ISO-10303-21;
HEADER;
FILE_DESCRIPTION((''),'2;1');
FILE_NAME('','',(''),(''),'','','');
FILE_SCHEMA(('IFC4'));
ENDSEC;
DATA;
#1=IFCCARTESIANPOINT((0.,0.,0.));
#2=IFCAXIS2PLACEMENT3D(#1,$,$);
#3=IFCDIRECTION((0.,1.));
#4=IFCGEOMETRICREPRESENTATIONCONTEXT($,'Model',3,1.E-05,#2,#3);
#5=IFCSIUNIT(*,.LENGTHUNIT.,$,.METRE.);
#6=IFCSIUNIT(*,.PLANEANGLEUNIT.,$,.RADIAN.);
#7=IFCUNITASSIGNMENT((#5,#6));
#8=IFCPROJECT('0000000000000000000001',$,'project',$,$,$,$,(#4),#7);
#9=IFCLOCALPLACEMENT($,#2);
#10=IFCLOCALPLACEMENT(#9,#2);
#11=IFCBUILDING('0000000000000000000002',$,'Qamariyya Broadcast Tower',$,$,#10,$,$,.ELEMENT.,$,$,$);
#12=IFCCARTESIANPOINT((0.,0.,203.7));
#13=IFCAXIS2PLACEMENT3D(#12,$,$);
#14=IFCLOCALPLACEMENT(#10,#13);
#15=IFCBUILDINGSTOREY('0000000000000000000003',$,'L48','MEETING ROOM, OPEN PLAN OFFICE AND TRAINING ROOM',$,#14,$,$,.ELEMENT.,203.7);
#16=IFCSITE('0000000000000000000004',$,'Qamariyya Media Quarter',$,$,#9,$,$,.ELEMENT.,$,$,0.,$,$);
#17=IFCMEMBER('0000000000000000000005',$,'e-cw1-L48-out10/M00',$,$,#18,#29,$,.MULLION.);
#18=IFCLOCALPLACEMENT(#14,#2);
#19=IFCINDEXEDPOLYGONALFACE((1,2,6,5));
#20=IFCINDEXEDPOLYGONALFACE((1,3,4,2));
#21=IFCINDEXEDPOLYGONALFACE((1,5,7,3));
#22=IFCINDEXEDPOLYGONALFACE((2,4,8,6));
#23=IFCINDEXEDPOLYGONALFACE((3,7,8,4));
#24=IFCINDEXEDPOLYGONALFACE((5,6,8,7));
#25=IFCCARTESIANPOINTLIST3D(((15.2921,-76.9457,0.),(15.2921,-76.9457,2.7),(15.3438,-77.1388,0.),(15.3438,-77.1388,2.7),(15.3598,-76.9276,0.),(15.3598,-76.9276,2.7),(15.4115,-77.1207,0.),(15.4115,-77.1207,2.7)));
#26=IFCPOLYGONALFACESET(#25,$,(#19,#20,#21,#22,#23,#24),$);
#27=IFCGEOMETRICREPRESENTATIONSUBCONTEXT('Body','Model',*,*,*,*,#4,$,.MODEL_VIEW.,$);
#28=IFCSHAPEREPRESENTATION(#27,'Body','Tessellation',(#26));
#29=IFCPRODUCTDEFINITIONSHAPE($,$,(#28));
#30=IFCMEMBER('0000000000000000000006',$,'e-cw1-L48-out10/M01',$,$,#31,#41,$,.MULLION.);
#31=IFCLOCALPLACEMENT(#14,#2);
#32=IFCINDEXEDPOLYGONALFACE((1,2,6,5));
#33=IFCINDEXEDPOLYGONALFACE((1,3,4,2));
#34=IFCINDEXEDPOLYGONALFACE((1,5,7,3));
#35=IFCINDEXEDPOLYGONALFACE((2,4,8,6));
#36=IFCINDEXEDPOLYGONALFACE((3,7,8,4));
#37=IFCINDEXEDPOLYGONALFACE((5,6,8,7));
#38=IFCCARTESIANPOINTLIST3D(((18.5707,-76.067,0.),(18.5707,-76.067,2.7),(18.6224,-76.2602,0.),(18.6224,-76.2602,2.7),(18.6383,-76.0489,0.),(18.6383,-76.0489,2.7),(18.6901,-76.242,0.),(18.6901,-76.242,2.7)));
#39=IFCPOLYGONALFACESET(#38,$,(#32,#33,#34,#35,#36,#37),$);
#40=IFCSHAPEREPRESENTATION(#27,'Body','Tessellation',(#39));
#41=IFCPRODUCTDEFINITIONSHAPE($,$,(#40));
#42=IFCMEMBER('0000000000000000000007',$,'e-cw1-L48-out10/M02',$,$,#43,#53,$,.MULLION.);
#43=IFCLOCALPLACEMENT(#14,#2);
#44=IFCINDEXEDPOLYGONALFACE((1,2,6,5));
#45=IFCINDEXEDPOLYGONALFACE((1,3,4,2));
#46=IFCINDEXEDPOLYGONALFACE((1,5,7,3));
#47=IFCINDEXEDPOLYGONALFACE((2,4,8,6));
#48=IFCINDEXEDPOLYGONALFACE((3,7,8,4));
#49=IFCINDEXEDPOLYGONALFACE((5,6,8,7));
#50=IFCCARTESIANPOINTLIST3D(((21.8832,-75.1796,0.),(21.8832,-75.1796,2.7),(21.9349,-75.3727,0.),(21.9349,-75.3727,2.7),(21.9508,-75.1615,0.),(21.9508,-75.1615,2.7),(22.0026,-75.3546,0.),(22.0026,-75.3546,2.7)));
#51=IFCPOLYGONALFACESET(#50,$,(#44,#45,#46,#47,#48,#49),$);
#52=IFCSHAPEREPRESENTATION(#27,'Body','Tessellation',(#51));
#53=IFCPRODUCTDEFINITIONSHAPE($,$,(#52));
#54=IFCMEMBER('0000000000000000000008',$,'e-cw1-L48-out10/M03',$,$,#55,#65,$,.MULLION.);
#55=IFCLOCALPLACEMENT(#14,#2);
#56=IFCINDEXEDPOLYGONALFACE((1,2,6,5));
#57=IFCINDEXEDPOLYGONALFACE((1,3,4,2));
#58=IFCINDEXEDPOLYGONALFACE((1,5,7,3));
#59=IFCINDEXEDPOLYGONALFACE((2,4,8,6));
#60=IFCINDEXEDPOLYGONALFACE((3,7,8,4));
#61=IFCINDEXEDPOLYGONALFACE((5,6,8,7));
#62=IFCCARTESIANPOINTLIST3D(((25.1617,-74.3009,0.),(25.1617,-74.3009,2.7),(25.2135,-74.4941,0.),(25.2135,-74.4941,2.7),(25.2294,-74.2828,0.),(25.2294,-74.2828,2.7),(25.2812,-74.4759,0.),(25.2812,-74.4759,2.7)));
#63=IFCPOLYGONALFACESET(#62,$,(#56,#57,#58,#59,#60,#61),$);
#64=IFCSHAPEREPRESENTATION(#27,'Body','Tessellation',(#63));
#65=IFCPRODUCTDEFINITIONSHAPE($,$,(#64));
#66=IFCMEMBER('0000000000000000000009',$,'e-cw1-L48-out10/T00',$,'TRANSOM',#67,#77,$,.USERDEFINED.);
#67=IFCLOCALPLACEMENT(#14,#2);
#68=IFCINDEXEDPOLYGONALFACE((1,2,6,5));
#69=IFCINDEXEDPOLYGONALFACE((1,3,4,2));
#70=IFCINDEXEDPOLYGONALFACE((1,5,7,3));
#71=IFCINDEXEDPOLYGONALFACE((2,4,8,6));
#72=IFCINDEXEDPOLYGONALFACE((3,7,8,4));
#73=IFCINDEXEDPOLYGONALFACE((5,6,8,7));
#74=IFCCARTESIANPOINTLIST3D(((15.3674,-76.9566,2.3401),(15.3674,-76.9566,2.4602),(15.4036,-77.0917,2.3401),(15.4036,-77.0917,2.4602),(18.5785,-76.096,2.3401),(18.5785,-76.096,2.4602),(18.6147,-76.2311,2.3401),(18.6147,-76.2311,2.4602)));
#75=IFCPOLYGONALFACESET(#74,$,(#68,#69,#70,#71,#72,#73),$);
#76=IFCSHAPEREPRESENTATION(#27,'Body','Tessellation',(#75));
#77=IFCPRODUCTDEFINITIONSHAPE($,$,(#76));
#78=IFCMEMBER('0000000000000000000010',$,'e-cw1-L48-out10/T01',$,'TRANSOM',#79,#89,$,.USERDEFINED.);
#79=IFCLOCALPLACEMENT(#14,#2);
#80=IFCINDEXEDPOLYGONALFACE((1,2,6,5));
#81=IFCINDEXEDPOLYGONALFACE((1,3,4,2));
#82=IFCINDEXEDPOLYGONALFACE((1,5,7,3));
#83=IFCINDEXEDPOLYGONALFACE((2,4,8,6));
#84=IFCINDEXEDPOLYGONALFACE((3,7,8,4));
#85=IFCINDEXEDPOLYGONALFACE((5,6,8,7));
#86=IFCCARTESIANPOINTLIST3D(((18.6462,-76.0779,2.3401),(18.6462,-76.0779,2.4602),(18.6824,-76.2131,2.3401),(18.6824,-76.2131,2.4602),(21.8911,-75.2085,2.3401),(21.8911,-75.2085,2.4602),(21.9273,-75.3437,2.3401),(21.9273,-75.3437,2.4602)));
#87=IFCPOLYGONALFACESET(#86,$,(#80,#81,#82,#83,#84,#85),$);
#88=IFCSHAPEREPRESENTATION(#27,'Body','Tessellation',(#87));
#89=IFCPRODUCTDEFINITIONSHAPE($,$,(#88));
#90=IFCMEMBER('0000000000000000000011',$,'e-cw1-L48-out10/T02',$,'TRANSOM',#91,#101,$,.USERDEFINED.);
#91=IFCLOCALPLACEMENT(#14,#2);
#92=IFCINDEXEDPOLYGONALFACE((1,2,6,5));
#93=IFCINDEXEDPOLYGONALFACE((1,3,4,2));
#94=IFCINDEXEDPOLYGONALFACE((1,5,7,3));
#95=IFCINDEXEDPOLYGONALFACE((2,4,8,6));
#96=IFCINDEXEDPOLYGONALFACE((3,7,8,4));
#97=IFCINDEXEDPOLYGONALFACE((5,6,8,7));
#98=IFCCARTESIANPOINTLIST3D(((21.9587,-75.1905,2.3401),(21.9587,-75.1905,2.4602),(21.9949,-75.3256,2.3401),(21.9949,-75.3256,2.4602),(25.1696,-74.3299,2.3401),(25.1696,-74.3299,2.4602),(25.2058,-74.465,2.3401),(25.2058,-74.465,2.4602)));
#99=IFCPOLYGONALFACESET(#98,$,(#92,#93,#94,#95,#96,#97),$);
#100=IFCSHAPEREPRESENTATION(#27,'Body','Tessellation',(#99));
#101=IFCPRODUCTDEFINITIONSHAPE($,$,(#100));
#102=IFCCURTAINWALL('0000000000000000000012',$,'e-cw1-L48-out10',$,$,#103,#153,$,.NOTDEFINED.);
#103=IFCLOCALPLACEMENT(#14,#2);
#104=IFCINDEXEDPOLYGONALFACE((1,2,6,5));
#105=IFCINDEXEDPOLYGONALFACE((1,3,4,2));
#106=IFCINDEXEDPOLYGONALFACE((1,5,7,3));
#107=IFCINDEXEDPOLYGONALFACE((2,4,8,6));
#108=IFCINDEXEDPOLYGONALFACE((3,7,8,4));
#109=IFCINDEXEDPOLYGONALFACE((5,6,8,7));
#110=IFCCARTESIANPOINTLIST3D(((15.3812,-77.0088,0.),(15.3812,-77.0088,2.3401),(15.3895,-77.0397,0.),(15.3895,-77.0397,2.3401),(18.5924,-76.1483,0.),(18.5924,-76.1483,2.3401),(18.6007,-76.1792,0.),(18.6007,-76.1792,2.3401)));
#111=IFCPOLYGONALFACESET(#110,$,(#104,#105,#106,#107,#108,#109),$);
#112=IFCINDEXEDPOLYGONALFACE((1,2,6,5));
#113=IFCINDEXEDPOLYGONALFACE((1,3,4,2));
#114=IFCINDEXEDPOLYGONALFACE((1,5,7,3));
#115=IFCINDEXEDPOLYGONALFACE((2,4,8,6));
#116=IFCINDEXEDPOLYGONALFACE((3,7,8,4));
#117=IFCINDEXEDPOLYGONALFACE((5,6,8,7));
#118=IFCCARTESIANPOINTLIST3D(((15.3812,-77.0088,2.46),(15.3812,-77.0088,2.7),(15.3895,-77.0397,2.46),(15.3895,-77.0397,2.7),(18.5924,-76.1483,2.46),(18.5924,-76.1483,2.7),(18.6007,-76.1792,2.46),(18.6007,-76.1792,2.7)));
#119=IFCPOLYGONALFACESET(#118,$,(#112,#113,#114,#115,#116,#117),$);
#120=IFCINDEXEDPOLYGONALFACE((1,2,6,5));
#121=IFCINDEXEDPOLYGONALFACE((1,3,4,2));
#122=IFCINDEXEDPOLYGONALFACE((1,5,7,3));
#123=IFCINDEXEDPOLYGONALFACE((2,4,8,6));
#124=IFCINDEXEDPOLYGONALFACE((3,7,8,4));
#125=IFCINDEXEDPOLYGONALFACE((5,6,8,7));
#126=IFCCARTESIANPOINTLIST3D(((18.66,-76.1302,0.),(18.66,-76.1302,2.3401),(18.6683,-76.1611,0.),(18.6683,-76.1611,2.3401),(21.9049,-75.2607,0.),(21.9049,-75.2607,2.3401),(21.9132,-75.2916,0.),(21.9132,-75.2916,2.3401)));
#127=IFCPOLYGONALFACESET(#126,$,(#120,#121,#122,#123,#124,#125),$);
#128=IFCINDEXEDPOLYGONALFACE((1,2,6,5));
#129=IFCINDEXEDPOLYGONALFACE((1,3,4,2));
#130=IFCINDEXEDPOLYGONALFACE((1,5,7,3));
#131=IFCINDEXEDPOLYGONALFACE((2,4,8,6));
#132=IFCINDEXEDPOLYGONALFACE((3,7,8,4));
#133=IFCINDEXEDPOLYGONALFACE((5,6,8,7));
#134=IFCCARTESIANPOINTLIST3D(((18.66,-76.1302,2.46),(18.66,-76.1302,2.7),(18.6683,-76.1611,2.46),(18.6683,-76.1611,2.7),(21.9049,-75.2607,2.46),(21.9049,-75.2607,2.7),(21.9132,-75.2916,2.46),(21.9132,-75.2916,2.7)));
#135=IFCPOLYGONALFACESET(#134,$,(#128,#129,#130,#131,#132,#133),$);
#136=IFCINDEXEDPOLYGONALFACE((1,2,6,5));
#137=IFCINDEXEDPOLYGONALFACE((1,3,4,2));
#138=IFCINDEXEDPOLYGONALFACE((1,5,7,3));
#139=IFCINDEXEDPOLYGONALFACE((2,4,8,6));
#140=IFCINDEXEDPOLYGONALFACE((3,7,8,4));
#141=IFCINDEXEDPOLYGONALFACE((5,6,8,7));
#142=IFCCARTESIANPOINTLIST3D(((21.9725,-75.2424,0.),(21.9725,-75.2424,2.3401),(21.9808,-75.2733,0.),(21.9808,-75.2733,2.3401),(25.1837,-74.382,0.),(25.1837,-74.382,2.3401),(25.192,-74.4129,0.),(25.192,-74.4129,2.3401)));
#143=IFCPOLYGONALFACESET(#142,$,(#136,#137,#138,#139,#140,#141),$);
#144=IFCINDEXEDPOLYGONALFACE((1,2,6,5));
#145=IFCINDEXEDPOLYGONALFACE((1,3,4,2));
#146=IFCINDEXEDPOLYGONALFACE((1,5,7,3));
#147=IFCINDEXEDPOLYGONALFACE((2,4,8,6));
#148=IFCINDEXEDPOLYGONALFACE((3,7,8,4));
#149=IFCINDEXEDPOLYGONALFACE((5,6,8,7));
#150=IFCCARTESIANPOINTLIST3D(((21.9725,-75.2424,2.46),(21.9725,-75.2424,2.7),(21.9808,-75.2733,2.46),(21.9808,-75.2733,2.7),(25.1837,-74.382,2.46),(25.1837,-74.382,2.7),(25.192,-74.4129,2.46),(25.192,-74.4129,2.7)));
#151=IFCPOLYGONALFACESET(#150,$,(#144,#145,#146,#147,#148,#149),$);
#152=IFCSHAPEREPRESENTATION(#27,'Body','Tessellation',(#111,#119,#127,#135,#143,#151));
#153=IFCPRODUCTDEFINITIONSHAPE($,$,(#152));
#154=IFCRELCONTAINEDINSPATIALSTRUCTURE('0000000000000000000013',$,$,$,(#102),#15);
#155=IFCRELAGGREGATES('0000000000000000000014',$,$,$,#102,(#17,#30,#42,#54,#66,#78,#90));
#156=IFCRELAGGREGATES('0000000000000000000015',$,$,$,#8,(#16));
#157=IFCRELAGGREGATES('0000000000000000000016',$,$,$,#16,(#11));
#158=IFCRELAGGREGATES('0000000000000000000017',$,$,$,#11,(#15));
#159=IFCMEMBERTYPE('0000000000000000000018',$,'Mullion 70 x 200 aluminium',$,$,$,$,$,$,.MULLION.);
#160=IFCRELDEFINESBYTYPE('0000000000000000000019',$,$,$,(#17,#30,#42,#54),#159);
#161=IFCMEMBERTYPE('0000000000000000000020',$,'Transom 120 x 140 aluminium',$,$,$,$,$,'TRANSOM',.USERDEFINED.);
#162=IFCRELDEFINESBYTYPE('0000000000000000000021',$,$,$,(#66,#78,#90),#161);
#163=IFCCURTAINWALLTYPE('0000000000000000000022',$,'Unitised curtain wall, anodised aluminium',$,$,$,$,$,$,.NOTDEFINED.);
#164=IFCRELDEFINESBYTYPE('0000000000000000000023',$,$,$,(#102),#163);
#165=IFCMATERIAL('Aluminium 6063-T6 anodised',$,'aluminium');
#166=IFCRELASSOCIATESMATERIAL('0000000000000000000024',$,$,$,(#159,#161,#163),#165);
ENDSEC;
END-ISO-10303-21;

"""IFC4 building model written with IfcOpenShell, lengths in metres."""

from ifc_helpers import new_model, si_unit, direction, frame, origin, origin_2d, place, context, subcontext, project, spatial, rectangle, extrude, material, material_profile, profile_set, type_object, element, aggregate, save


model = new_model("IFC4")

# Units and contexts
model_context = context("Model", 3, precision=1e-05, world=origin(), true_north=direction((0.0, 1.0)))
body_context = subcontext(model_context, "Body", "Model", "MODEL_VIEW")
ifc_project = project(units=[si_unit("LENGTHUNIT", "METRE"), si_unit("PLANEANGLEUNIT", "RADIAN")], contexts=[model_context])

# Members
ifc_material = material(Name="Aluminium 6063-T6 anodised", Category="aluminium")
ifc_material_profile_1 = material_profile(ifc_material, rectangle(XDim=0.2, YDim=0.0701, at=origin_2d()))
ifc_profile_set_1 = profile_set([ifc_material_profile_1], Name="Aluminium 6063-T6 anodised")
member_type_1 = type_object("IfcMemberType", Name="Mullion 70 x 200 aluminium", PredefinedType="MULLION", material=ifc_profile_set_1)
site_placement = place(None, origin())
building_placement = place(site_placement, origin())
storey_placement = place(building_placement, frame((0.0, 0.0, 203.7)))
member_1_placement = place(storey_placement, frame((15.3518, -77.0332, 0.0), z_axis=(0.0, 0.0, 1.0), x_axis=(-0.258819, 0.965926, 0.0)))
member_1 = element("IfcMember", 1, at=member_1_placement, type_object=member_type_1, Name="e-cw1-L48-out10/M00", PredefinedType="MULLION", context=body_context, shape_type="SweptSolid", body=[
    extrude(rectangle(XDim=0.2, YDim=0.0701, at=origin_2d()), origin(), (0.0, 0.0, 1.0), 2.7),
])
member_2_placement = place(storey_placement, frame((18.6304, -76.1545, 0.0), z_axis=(0.0, 0.0, 1.0), x_axis=(-0.258819, 0.965926, 0.0)))
member_2 = element("IfcMember", 2, at=member_2_placement, type_object=member_type_1, Name="e-cw1-L48-out10/M01", PredefinedType="MULLION", context=body_context, shape_type="SweptSolid", body=[
    extrude(rectangle(XDim=0.2, YDim=0.0701, at=origin_2d()), origin(), (0.0, 0.0, 1.0), 2.7),
])
member_3_placement = place(storey_placement, frame((21.9429, -75.2671, 0.0), z_axis=(0.0, 0.0, 1.0), x_axis=(-0.258819, 0.965926, 0.0)))
member_3 = element("IfcMember", 3, at=member_3_placement, type_object=member_type_1, Name="e-cw1-L48-out10/M02", PredefinedType="MULLION", context=body_context, shape_type="SweptSolid", body=[
    extrude(rectangle(XDim=0.2, YDim=0.0701, at=origin_2d()), origin(), (0.0, 0.0, 1.0), 2.7),
])
member_4_placement = place(storey_placement, frame((25.2214, -74.3884, 0.0), z_axis=(0.0, 0.0, 1.0), x_axis=(-0.258819, 0.965926, 0.0)))
member_4 = element("IfcMember", 4, at=member_4_placement, type_object=member_type_1, Name="e-cw1-L48-out10/M03", PredefinedType="MULLION", context=body_context, shape_type="SweptSolid", body=[
    extrude(rectangle(XDim=0.2, YDim=0.0701, at=origin_2d()), origin(), (0.0, 0.0, 1.0), 2.7),
])
ifc_material_profile_2 = material_profile(ifc_material, rectangle(XDim=0.1399, YDim=0.1201, at=origin_2d()))
ifc_profile_set_2 = profile_set([ifc_material_profile_2], Name="Aluminium 6063-T6 anodised")
member_type_2 = type_object("IfcMemberType", Name="Transom 120 x 140 aluminium", ElementType="TRANSOM", PredefinedType="USERDEFINED", material=ifc_profile_set_2)
member_5_placement = place(storey_placement, frame((15.3855, -77.0242, 2.4001), z_axis=(0.965914, 0.258865, 0.0), x_axis=(-0.258865, 0.965914, 0.0)))
member_5 = element("IfcMember", 5, at=member_5_placement, type_object=member_type_2, Name="e-cw1-L48-out10/T00", ObjectType="TRANSOM", PredefinedType="USERDEFINED", context=body_context, shape_type="SweptSolid", body=[
    extrude(rectangle(XDim=0.1399, YDim=0.1201, at=origin_2d()), origin(), (0.0, 0.0, 1.0), 3.3245),
])
member_6_placement = place(storey_placement, frame((18.6643, -76.1455, 2.4001), z_axis=(0.965932, 0.258798, 0.0), x_axis=(-0.258798, 0.965932, 0.0)))
member_6 = element("IfcMember", 6, at=member_6_placement, type_object=member_type_2, Name="e-cw1-L48-out10/T01", ObjectType="TRANSOM", PredefinedType="USERDEFINED", context=body_context, shape_type="SweptSolid", body=[
    extrude(rectangle(XDim=0.1399, YDim=0.1201, at=origin_2d()), origin(), (0.0, 0.0, 1.0), 3.3594),
])
member_7_placement = place(storey_placement, frame((21.9768, -75.2581, 2.4001), z_axis=(0.965909, 0.258883, 0.0), x_axis=(-0.258883, 0.965909, 0.0)))
member_7 = element("IfcMember", 7, at=member_7_placement, type_object=member_type_2, Name="e-cw1-L48-out10/T02", ObjectType="TRANSOM", PredefinedType="USERDEFINED", context=body_context, shape_type="SweptSolid", body=[
    extrude(rectangle(XDim=0.1399, YDim=0.1201, at=origin_2d()), origin(), (0.0, 0.0, 1.0), 3.3242),
])

# Site, building, storey
site = spatial("IfcSite", under=ifc_project, at=site_placement, Name="Qamariyya Media Quarter", CompositionType="ELEMENT", RefElevation=0.0)
building = spatial("IfcBuilding", under=site, at=building_placement, Name="Qamariyya Broadcast Tower", CompositionType="ELEMENT")
storey = spatial("IfcBuildingStorey", under=building, at=storey_placement, Name="L48", Description="MEETING ROOM, OPEN PLAN OFFICE AND TRAINING ROOM", CompositionType="ELEMENT", Elevation=203.7)

# Curtain wall
curtain_wall_type = type_object("IfcCurtainWallType", Name="Unitised curtain wall, anodised aluminium", PredefinedType="NOTDEFINED", material=ifc_material)
curtain_wall_1_placement = place(storey_placement, origin())
curtain_wall_1 = element("IfcCurtainWall", 8, at=curtain_wall_1_placement, inside=storey, type_object=curtain_wall_type, Name="e-cw1-L48-out10", PredefinedType="NOTDEFINED", context=body_context, shape_type="SweptSolid", body=[
    extrude(rectangle(XDim=3.3245, YDim=0.032, at=origin_2d()), frame((16.991, -76.594, 0.0), x_axis=(0.965923, 0.258828, 0.0)), (0.0, 0.0, 1.0), 2.3401),
    extrude(rectangle(XDim=3.3245, YDim=0.032, at=origin_2d()), frame((16.991, -76.594, 2.46), x_axis=(0.965923, 0.258828, 0.0)), (0.0, 0.0, 1.0), 0.24),
    extrude(rectangle(XDim=3.3594, YDim=0.032, at=origin_2d()), frame((20.2866, -75.7109, 0.0), x_axis=(0.965923, 0.258828, 0.0)), (0.0, 0.0, 1.0), 2.3401),
    extrude(rectangle(XDim=3.3594, YDim=0.032, at=origin_2d()), frame((20.2866, -75.7109, 2.46), x_axis=(0.965923, 0.258828, 0.0)), (0.0, 0.0, 1.0), 0.24),
    extrude(rectangle(XDim=3.3245, YDim=0.032, at=origin_2d()), frame((23.5823, -74.8276, 0.0), x_axis=(0.965923, 0.258828, 0.0)), (0.0, 0.0, 1.0), 2.3401),
    extrude(rectangle(XDim=3.3245, YDim=0.032, at=origin_2d()), frame((23.5823, -74.8276, 2.46), x_axis=(0.965923, 0.258828, 0.0)), (0.0, 0.0, 1.0), 0.24),
])
aggregate(curtain_wall_1, [member_1, member_2, member_3, member_4, member_5, member_6, member_7])

save(model, "model.ifc")
